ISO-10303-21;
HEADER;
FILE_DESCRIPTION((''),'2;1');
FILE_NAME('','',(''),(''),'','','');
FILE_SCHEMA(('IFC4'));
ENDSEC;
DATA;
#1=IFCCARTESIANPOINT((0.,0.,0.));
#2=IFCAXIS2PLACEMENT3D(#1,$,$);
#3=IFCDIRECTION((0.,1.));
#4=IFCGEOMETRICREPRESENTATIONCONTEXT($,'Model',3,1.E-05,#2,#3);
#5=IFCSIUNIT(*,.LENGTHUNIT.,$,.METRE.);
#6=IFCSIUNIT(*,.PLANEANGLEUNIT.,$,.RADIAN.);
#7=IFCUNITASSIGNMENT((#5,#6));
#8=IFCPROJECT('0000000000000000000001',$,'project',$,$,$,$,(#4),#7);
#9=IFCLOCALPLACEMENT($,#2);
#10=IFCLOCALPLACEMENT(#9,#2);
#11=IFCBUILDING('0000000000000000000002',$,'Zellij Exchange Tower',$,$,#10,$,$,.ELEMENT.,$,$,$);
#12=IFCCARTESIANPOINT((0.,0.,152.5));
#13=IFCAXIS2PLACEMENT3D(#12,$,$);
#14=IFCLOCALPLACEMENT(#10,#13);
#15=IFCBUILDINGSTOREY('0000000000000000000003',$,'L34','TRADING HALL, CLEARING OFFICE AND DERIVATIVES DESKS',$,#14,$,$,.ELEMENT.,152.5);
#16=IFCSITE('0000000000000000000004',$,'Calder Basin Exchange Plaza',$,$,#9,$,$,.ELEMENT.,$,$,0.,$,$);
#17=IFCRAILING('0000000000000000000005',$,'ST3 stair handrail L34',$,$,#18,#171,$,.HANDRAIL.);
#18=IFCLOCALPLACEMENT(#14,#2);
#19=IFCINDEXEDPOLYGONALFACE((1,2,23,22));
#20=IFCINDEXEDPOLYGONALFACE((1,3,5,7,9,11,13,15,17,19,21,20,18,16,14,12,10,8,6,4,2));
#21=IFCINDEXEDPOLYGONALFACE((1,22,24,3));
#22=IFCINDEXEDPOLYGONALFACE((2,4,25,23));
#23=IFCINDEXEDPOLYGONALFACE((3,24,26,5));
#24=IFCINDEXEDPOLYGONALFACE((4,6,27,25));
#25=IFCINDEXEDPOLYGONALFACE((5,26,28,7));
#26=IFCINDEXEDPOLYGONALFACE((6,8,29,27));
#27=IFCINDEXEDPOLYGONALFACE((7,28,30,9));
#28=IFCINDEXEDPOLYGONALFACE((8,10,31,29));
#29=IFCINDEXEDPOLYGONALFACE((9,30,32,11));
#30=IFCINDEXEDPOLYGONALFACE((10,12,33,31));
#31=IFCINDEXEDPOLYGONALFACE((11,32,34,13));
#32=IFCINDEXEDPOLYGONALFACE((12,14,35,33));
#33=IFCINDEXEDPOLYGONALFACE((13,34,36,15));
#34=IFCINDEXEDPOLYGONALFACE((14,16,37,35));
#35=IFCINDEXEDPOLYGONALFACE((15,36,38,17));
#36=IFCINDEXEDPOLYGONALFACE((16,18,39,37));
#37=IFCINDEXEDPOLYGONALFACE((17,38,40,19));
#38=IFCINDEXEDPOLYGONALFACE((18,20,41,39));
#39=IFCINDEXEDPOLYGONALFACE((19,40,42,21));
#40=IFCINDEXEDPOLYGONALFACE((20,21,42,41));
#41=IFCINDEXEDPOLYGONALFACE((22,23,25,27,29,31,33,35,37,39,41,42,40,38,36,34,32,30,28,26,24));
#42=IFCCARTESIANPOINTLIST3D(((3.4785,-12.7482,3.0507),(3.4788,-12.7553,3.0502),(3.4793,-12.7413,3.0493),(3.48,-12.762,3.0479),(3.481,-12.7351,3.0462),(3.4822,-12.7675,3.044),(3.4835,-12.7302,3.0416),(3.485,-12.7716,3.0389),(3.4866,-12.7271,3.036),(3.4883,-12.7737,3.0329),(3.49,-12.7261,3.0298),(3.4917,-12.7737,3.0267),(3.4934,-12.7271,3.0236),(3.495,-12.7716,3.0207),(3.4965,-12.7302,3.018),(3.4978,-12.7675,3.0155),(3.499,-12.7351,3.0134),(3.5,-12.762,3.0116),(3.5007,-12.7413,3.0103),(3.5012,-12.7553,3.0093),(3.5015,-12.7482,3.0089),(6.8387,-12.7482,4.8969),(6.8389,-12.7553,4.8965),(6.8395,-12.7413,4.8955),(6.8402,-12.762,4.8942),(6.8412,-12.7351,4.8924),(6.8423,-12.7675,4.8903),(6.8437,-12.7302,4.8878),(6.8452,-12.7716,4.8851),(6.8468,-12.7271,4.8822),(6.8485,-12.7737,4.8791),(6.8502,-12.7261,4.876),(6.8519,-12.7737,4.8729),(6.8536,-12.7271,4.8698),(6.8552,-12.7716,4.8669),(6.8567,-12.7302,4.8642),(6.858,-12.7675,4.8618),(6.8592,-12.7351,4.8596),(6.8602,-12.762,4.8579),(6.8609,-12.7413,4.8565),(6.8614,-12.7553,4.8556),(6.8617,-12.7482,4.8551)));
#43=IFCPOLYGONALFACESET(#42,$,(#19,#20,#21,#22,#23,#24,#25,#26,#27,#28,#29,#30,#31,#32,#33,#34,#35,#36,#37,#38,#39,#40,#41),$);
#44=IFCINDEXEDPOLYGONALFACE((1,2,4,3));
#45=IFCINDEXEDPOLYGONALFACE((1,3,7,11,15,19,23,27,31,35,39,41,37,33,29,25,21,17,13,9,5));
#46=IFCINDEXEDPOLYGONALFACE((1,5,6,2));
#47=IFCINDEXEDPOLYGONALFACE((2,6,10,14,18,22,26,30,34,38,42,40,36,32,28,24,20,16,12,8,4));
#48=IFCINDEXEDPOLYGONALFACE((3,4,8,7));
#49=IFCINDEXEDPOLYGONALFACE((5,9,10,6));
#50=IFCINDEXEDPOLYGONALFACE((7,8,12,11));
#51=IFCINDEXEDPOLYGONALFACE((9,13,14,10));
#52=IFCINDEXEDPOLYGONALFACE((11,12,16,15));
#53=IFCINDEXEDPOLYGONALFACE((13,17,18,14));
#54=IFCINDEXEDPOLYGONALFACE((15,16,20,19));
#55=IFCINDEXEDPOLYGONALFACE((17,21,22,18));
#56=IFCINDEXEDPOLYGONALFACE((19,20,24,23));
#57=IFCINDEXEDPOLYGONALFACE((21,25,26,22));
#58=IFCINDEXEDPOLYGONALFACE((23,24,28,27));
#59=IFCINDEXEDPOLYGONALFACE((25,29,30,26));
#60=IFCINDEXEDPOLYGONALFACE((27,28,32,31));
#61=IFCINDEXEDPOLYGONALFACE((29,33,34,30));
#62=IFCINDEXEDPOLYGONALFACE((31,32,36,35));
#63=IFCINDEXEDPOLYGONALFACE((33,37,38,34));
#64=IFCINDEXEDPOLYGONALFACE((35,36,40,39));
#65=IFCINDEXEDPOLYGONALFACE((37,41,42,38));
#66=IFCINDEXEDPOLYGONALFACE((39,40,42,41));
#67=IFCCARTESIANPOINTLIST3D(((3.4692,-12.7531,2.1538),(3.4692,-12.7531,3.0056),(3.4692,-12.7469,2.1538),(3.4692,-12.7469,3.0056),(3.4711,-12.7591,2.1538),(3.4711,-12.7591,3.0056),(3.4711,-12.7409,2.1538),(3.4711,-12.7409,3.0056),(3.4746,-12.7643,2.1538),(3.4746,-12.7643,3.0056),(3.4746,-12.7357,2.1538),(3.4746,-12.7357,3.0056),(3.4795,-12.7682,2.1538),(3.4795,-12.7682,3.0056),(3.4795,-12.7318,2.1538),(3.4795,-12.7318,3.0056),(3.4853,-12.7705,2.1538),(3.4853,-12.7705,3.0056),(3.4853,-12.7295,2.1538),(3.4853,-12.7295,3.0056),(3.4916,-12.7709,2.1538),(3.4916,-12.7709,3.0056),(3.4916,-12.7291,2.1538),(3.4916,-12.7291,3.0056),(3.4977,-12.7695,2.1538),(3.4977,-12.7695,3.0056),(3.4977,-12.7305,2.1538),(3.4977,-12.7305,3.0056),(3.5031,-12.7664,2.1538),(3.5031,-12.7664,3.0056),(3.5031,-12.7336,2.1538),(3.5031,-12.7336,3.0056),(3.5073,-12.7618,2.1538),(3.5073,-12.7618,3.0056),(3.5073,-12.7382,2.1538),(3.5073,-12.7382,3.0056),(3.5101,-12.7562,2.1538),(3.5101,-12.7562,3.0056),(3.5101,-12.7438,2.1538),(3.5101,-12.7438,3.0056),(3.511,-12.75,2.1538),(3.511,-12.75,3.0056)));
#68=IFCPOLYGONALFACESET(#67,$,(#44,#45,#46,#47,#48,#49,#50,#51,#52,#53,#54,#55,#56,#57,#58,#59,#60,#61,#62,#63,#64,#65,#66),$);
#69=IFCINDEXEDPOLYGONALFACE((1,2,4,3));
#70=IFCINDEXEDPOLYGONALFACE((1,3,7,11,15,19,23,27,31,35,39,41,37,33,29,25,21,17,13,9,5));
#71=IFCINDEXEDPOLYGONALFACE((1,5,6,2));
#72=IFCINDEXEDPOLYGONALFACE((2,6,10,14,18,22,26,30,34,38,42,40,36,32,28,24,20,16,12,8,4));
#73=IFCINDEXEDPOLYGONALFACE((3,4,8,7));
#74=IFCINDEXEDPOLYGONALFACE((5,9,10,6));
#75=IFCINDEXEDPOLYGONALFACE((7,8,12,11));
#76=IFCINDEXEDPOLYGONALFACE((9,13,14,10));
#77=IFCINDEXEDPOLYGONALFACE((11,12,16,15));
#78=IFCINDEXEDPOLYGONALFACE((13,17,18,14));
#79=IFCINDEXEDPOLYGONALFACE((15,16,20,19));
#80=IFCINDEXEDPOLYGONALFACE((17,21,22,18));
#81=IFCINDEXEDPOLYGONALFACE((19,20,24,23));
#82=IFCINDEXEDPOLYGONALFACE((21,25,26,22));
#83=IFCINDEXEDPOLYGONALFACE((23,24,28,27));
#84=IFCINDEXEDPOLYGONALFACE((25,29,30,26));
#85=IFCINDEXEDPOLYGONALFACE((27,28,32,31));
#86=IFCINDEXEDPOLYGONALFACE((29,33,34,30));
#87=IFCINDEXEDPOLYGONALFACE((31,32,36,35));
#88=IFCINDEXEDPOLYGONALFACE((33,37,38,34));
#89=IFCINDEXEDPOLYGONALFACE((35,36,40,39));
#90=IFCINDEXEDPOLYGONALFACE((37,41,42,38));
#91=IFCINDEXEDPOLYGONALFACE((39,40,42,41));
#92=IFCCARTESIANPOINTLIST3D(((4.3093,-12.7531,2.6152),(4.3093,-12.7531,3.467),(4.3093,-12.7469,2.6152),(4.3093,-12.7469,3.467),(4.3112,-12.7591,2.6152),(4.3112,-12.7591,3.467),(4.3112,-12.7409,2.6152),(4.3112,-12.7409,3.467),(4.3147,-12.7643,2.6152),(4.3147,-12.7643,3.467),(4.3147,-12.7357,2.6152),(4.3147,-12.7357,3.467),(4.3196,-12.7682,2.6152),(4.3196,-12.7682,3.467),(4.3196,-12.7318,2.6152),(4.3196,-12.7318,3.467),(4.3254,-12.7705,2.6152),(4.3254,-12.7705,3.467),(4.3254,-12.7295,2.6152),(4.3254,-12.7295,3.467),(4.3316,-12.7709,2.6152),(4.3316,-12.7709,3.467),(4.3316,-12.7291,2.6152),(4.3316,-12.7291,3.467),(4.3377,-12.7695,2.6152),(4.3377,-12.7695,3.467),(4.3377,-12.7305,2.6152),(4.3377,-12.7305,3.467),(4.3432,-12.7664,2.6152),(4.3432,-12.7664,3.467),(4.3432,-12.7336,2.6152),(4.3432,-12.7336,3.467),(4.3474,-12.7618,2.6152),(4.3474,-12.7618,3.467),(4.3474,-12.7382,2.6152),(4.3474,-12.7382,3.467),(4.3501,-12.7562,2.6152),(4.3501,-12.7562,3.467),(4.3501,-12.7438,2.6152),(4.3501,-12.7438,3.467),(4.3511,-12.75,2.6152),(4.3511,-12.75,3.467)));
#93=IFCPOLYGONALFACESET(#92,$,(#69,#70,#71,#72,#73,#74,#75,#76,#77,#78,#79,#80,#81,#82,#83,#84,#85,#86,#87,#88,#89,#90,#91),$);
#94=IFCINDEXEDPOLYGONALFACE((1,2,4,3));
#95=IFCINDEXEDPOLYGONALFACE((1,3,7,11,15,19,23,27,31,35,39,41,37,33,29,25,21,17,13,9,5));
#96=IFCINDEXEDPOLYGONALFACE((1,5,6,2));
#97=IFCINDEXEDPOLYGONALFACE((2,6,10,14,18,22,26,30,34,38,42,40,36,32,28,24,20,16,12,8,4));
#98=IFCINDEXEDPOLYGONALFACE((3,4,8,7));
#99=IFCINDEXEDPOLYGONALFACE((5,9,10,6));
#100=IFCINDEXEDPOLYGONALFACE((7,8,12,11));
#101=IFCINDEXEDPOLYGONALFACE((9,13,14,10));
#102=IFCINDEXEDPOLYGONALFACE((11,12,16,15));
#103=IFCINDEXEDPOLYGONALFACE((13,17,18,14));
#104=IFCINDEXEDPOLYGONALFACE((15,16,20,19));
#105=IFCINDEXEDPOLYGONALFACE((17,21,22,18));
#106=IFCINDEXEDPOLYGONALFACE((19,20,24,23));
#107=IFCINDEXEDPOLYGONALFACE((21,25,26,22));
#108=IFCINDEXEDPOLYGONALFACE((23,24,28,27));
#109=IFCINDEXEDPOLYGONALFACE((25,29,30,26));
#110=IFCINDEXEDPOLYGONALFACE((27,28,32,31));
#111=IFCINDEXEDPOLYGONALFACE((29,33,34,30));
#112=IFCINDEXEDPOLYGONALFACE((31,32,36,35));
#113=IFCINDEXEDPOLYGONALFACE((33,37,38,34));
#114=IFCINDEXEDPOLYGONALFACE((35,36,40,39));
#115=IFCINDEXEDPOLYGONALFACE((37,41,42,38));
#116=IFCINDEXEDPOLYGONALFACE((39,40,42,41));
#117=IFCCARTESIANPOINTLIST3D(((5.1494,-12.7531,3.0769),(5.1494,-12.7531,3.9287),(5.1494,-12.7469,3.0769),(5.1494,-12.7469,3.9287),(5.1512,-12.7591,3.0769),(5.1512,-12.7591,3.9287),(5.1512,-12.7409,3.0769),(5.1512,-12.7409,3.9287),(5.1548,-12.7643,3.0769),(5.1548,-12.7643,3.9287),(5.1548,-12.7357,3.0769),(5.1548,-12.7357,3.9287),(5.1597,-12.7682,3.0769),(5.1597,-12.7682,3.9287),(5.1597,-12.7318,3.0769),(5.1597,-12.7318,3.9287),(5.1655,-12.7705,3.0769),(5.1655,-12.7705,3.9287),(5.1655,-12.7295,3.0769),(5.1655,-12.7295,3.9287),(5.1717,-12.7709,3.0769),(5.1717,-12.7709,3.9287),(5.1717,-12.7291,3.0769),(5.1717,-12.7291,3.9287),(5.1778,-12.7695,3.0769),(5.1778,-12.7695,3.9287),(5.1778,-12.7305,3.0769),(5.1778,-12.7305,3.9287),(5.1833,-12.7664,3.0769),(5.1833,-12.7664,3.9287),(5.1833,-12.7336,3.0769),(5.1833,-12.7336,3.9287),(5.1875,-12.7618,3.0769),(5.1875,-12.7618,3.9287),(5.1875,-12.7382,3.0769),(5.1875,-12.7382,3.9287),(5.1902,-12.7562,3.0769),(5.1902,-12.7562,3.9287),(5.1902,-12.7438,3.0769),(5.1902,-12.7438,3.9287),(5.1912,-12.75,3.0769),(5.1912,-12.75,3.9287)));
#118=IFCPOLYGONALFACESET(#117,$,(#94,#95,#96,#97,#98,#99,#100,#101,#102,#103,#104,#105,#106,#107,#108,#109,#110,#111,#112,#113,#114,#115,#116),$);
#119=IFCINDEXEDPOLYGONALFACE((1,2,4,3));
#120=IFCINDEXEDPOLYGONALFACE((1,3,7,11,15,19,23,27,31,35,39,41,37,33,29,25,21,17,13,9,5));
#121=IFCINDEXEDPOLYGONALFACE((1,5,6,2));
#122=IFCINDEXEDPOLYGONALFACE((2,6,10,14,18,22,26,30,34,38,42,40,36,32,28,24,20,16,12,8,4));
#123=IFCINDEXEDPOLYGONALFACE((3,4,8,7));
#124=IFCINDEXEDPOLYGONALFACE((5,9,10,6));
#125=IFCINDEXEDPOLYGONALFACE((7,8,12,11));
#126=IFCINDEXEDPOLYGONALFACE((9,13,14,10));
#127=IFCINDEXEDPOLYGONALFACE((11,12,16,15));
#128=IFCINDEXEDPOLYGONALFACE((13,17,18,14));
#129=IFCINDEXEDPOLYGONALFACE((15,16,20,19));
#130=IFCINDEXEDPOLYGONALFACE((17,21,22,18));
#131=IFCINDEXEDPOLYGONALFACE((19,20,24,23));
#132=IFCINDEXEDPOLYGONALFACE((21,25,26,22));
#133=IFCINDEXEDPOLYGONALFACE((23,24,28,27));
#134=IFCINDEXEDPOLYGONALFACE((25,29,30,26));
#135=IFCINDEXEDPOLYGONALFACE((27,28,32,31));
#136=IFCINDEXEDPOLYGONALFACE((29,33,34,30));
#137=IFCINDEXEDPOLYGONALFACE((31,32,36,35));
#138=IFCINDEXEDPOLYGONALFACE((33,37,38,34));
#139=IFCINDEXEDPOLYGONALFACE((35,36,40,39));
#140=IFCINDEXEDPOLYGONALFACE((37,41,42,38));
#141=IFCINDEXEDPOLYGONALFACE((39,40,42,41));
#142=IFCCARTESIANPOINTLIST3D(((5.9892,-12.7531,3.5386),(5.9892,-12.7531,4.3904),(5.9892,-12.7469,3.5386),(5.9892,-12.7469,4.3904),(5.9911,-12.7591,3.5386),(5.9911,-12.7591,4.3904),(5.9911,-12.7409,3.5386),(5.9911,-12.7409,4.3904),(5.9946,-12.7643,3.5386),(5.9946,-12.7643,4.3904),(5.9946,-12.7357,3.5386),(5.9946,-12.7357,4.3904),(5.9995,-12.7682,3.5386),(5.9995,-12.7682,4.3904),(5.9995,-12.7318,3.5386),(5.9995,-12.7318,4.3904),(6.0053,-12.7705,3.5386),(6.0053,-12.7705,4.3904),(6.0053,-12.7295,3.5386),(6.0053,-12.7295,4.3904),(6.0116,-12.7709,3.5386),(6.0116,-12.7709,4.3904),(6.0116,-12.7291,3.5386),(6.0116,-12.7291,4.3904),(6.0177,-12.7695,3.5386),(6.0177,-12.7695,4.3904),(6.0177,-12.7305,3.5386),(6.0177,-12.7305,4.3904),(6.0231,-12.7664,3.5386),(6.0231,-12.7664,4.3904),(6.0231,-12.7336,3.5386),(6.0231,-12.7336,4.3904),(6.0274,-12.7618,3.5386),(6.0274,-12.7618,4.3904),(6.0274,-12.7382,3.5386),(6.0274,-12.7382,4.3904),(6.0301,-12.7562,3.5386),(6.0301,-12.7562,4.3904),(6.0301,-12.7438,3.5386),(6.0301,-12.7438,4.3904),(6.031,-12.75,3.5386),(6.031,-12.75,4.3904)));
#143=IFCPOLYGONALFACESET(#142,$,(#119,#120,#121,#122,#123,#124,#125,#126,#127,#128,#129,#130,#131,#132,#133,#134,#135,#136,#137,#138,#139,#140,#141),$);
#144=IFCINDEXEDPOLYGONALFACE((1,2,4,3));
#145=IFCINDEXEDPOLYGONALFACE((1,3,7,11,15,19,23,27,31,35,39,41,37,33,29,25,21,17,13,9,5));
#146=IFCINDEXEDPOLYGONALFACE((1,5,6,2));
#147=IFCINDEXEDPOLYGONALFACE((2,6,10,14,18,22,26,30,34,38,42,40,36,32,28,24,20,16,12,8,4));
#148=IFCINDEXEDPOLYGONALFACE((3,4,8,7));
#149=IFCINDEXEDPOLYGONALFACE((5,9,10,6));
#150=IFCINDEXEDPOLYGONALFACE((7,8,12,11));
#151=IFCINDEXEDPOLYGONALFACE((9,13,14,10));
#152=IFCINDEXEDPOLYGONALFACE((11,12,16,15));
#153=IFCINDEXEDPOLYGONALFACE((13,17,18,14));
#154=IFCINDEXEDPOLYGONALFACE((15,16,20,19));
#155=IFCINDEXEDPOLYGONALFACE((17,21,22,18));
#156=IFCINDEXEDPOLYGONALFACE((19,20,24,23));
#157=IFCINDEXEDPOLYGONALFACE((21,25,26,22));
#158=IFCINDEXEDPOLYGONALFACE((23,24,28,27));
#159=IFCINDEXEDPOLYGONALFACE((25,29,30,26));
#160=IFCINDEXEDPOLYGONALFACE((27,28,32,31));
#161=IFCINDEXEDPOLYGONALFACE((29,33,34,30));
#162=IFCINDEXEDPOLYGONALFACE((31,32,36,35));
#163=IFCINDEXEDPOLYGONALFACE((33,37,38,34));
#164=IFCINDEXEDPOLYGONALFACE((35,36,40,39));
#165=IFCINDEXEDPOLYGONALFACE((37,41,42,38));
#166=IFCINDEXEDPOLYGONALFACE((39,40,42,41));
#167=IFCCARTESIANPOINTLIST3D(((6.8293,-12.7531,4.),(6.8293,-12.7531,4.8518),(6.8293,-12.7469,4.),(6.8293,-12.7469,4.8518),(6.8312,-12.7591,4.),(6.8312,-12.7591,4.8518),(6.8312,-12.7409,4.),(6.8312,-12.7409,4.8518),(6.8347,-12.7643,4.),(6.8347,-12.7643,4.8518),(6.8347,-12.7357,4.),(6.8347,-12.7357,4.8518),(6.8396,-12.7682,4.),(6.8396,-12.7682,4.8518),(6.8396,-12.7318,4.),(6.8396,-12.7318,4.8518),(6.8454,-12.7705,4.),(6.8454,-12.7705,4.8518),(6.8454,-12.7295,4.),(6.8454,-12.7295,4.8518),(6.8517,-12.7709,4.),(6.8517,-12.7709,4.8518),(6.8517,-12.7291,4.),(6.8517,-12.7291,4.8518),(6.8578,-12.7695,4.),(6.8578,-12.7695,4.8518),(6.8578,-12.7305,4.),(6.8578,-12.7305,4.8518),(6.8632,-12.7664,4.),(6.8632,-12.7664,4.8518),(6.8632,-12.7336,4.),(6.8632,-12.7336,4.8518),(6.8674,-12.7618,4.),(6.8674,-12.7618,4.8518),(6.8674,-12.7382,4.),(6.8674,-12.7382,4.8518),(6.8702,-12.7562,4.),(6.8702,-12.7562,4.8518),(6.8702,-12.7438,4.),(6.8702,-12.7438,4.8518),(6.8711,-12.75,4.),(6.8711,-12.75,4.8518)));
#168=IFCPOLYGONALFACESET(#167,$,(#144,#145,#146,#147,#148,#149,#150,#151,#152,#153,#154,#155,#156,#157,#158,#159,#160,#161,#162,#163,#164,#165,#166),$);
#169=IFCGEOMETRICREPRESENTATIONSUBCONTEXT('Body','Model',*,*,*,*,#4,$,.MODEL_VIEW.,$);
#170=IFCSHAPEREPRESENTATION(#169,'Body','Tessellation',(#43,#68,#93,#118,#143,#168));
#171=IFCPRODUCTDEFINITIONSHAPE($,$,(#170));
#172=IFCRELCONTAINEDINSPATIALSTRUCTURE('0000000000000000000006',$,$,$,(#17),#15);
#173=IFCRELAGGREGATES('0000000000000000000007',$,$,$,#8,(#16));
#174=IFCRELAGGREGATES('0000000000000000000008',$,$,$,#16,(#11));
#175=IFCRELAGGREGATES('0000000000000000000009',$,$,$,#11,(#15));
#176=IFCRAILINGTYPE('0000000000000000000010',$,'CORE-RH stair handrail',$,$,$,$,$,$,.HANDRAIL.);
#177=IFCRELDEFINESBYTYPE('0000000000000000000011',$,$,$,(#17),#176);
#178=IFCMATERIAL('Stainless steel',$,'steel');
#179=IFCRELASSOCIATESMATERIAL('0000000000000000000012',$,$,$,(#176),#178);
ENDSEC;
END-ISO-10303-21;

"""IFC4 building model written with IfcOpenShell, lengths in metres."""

from ifc_helpers import new_model, si_unit, direction, frame, origin, origin_2d, place, context, subcontext, project, spatial, circle, extrude, material, type_object, element, save


model = new_model("IFC4")

# Units and contexts
model_context = context("Model", 3, precision=1e-05, world=origin(), true_north=direction((0.0, 1.0)))
body_context = subcontext(model_context, "Body", "Model", "MODEL_VIEW")
ifc_project = project(units=[si_unit("LENGTHUNIT", "METRE"), si_unit("PLANEANGLEUNIT", "RADIAN")], contexts=[model_context])

# Site, building, storey
site_placement = place(None, origin())
site = spatial("IfcSite", under=ifc_project, at=site_placement, Name="Calder Basin Exchange Plaza", CompositionType="ELEMENT", RefElevation=0.0)
building_placement = place(site_placement, origin())
building = spatial("IfcBuilding", under=site, at=building_placement, Name="Zellij Exchange Tower", CompositionType="ELEMENT")
storey_placement = place(building_placement, frame((0.0, 0.0, 152.5)))
storey = spatial("IfcBuildingStorey", under=building, at=storey_placement, Name="L34", Description="TRADING HALL, CLEARING OFFICE AND DERIVATIVES DESKS", CompositionType="ELEMENT", Elevation=152.5)

# Railing
ifc_material_1 = material(Name="Stainless steel", Category="steel")
railing_type_1 = type_object("IfcRailingType", Name="CORE-RH stair handrail", PredefinedType="HANDRAIL", material=ifc_material_1)
for number, where, name in (
    (1, (3.49, -12.75, 2.1538), "ST3 stair handrail L34"),
):
    element("IfcRailing", number, at=place(storey_placement, frame(where)), inside=storey, type_object=railing_type_1, Name=name, PredefinedType="HANDRAIL", context=body_context, shape_type="SweptSolid", body=[
        extrude(circle(Radius=0.0239, at=origin_2d()), frame((0.0, 0.0, 0.876), z_axis=(0.876422, 0.0, 0.481545), x_axis=(0.0, 1.0, 0.0)), (0.0, 0.0, 1.0), 3.834),
        extrude(circle(Radius=0.021, at=origin_2d()), origin(), (0.0, 0.0, 1.0), 0.8518),
        extrude(circle(Radius=0.021, at=origin_2d()), frame((0.8401, 0.0, 0.4614)), (0.0, 0.0, 1.0), 0.8518),
        extrude(circle(Radius=0.021, at=origin_2d()), frame((1.6802, 0.0, 0.9231)), (0.0, 0.0, 1.0), 0.8518),
        extrude(circle(Radius=0.021, at=origin_2d()), frame((2.52, 0.0, 1.3848)), (0.0, 0.0, 1.0), 0.8518),
        extrude(circle(Radius=0.021, at=origin_2d()), frame((3.3601, 0.0, 1.8462)), (0.0, 0.0, 1.0), 0.8518),
    ])

save(model, "model.ifc")
